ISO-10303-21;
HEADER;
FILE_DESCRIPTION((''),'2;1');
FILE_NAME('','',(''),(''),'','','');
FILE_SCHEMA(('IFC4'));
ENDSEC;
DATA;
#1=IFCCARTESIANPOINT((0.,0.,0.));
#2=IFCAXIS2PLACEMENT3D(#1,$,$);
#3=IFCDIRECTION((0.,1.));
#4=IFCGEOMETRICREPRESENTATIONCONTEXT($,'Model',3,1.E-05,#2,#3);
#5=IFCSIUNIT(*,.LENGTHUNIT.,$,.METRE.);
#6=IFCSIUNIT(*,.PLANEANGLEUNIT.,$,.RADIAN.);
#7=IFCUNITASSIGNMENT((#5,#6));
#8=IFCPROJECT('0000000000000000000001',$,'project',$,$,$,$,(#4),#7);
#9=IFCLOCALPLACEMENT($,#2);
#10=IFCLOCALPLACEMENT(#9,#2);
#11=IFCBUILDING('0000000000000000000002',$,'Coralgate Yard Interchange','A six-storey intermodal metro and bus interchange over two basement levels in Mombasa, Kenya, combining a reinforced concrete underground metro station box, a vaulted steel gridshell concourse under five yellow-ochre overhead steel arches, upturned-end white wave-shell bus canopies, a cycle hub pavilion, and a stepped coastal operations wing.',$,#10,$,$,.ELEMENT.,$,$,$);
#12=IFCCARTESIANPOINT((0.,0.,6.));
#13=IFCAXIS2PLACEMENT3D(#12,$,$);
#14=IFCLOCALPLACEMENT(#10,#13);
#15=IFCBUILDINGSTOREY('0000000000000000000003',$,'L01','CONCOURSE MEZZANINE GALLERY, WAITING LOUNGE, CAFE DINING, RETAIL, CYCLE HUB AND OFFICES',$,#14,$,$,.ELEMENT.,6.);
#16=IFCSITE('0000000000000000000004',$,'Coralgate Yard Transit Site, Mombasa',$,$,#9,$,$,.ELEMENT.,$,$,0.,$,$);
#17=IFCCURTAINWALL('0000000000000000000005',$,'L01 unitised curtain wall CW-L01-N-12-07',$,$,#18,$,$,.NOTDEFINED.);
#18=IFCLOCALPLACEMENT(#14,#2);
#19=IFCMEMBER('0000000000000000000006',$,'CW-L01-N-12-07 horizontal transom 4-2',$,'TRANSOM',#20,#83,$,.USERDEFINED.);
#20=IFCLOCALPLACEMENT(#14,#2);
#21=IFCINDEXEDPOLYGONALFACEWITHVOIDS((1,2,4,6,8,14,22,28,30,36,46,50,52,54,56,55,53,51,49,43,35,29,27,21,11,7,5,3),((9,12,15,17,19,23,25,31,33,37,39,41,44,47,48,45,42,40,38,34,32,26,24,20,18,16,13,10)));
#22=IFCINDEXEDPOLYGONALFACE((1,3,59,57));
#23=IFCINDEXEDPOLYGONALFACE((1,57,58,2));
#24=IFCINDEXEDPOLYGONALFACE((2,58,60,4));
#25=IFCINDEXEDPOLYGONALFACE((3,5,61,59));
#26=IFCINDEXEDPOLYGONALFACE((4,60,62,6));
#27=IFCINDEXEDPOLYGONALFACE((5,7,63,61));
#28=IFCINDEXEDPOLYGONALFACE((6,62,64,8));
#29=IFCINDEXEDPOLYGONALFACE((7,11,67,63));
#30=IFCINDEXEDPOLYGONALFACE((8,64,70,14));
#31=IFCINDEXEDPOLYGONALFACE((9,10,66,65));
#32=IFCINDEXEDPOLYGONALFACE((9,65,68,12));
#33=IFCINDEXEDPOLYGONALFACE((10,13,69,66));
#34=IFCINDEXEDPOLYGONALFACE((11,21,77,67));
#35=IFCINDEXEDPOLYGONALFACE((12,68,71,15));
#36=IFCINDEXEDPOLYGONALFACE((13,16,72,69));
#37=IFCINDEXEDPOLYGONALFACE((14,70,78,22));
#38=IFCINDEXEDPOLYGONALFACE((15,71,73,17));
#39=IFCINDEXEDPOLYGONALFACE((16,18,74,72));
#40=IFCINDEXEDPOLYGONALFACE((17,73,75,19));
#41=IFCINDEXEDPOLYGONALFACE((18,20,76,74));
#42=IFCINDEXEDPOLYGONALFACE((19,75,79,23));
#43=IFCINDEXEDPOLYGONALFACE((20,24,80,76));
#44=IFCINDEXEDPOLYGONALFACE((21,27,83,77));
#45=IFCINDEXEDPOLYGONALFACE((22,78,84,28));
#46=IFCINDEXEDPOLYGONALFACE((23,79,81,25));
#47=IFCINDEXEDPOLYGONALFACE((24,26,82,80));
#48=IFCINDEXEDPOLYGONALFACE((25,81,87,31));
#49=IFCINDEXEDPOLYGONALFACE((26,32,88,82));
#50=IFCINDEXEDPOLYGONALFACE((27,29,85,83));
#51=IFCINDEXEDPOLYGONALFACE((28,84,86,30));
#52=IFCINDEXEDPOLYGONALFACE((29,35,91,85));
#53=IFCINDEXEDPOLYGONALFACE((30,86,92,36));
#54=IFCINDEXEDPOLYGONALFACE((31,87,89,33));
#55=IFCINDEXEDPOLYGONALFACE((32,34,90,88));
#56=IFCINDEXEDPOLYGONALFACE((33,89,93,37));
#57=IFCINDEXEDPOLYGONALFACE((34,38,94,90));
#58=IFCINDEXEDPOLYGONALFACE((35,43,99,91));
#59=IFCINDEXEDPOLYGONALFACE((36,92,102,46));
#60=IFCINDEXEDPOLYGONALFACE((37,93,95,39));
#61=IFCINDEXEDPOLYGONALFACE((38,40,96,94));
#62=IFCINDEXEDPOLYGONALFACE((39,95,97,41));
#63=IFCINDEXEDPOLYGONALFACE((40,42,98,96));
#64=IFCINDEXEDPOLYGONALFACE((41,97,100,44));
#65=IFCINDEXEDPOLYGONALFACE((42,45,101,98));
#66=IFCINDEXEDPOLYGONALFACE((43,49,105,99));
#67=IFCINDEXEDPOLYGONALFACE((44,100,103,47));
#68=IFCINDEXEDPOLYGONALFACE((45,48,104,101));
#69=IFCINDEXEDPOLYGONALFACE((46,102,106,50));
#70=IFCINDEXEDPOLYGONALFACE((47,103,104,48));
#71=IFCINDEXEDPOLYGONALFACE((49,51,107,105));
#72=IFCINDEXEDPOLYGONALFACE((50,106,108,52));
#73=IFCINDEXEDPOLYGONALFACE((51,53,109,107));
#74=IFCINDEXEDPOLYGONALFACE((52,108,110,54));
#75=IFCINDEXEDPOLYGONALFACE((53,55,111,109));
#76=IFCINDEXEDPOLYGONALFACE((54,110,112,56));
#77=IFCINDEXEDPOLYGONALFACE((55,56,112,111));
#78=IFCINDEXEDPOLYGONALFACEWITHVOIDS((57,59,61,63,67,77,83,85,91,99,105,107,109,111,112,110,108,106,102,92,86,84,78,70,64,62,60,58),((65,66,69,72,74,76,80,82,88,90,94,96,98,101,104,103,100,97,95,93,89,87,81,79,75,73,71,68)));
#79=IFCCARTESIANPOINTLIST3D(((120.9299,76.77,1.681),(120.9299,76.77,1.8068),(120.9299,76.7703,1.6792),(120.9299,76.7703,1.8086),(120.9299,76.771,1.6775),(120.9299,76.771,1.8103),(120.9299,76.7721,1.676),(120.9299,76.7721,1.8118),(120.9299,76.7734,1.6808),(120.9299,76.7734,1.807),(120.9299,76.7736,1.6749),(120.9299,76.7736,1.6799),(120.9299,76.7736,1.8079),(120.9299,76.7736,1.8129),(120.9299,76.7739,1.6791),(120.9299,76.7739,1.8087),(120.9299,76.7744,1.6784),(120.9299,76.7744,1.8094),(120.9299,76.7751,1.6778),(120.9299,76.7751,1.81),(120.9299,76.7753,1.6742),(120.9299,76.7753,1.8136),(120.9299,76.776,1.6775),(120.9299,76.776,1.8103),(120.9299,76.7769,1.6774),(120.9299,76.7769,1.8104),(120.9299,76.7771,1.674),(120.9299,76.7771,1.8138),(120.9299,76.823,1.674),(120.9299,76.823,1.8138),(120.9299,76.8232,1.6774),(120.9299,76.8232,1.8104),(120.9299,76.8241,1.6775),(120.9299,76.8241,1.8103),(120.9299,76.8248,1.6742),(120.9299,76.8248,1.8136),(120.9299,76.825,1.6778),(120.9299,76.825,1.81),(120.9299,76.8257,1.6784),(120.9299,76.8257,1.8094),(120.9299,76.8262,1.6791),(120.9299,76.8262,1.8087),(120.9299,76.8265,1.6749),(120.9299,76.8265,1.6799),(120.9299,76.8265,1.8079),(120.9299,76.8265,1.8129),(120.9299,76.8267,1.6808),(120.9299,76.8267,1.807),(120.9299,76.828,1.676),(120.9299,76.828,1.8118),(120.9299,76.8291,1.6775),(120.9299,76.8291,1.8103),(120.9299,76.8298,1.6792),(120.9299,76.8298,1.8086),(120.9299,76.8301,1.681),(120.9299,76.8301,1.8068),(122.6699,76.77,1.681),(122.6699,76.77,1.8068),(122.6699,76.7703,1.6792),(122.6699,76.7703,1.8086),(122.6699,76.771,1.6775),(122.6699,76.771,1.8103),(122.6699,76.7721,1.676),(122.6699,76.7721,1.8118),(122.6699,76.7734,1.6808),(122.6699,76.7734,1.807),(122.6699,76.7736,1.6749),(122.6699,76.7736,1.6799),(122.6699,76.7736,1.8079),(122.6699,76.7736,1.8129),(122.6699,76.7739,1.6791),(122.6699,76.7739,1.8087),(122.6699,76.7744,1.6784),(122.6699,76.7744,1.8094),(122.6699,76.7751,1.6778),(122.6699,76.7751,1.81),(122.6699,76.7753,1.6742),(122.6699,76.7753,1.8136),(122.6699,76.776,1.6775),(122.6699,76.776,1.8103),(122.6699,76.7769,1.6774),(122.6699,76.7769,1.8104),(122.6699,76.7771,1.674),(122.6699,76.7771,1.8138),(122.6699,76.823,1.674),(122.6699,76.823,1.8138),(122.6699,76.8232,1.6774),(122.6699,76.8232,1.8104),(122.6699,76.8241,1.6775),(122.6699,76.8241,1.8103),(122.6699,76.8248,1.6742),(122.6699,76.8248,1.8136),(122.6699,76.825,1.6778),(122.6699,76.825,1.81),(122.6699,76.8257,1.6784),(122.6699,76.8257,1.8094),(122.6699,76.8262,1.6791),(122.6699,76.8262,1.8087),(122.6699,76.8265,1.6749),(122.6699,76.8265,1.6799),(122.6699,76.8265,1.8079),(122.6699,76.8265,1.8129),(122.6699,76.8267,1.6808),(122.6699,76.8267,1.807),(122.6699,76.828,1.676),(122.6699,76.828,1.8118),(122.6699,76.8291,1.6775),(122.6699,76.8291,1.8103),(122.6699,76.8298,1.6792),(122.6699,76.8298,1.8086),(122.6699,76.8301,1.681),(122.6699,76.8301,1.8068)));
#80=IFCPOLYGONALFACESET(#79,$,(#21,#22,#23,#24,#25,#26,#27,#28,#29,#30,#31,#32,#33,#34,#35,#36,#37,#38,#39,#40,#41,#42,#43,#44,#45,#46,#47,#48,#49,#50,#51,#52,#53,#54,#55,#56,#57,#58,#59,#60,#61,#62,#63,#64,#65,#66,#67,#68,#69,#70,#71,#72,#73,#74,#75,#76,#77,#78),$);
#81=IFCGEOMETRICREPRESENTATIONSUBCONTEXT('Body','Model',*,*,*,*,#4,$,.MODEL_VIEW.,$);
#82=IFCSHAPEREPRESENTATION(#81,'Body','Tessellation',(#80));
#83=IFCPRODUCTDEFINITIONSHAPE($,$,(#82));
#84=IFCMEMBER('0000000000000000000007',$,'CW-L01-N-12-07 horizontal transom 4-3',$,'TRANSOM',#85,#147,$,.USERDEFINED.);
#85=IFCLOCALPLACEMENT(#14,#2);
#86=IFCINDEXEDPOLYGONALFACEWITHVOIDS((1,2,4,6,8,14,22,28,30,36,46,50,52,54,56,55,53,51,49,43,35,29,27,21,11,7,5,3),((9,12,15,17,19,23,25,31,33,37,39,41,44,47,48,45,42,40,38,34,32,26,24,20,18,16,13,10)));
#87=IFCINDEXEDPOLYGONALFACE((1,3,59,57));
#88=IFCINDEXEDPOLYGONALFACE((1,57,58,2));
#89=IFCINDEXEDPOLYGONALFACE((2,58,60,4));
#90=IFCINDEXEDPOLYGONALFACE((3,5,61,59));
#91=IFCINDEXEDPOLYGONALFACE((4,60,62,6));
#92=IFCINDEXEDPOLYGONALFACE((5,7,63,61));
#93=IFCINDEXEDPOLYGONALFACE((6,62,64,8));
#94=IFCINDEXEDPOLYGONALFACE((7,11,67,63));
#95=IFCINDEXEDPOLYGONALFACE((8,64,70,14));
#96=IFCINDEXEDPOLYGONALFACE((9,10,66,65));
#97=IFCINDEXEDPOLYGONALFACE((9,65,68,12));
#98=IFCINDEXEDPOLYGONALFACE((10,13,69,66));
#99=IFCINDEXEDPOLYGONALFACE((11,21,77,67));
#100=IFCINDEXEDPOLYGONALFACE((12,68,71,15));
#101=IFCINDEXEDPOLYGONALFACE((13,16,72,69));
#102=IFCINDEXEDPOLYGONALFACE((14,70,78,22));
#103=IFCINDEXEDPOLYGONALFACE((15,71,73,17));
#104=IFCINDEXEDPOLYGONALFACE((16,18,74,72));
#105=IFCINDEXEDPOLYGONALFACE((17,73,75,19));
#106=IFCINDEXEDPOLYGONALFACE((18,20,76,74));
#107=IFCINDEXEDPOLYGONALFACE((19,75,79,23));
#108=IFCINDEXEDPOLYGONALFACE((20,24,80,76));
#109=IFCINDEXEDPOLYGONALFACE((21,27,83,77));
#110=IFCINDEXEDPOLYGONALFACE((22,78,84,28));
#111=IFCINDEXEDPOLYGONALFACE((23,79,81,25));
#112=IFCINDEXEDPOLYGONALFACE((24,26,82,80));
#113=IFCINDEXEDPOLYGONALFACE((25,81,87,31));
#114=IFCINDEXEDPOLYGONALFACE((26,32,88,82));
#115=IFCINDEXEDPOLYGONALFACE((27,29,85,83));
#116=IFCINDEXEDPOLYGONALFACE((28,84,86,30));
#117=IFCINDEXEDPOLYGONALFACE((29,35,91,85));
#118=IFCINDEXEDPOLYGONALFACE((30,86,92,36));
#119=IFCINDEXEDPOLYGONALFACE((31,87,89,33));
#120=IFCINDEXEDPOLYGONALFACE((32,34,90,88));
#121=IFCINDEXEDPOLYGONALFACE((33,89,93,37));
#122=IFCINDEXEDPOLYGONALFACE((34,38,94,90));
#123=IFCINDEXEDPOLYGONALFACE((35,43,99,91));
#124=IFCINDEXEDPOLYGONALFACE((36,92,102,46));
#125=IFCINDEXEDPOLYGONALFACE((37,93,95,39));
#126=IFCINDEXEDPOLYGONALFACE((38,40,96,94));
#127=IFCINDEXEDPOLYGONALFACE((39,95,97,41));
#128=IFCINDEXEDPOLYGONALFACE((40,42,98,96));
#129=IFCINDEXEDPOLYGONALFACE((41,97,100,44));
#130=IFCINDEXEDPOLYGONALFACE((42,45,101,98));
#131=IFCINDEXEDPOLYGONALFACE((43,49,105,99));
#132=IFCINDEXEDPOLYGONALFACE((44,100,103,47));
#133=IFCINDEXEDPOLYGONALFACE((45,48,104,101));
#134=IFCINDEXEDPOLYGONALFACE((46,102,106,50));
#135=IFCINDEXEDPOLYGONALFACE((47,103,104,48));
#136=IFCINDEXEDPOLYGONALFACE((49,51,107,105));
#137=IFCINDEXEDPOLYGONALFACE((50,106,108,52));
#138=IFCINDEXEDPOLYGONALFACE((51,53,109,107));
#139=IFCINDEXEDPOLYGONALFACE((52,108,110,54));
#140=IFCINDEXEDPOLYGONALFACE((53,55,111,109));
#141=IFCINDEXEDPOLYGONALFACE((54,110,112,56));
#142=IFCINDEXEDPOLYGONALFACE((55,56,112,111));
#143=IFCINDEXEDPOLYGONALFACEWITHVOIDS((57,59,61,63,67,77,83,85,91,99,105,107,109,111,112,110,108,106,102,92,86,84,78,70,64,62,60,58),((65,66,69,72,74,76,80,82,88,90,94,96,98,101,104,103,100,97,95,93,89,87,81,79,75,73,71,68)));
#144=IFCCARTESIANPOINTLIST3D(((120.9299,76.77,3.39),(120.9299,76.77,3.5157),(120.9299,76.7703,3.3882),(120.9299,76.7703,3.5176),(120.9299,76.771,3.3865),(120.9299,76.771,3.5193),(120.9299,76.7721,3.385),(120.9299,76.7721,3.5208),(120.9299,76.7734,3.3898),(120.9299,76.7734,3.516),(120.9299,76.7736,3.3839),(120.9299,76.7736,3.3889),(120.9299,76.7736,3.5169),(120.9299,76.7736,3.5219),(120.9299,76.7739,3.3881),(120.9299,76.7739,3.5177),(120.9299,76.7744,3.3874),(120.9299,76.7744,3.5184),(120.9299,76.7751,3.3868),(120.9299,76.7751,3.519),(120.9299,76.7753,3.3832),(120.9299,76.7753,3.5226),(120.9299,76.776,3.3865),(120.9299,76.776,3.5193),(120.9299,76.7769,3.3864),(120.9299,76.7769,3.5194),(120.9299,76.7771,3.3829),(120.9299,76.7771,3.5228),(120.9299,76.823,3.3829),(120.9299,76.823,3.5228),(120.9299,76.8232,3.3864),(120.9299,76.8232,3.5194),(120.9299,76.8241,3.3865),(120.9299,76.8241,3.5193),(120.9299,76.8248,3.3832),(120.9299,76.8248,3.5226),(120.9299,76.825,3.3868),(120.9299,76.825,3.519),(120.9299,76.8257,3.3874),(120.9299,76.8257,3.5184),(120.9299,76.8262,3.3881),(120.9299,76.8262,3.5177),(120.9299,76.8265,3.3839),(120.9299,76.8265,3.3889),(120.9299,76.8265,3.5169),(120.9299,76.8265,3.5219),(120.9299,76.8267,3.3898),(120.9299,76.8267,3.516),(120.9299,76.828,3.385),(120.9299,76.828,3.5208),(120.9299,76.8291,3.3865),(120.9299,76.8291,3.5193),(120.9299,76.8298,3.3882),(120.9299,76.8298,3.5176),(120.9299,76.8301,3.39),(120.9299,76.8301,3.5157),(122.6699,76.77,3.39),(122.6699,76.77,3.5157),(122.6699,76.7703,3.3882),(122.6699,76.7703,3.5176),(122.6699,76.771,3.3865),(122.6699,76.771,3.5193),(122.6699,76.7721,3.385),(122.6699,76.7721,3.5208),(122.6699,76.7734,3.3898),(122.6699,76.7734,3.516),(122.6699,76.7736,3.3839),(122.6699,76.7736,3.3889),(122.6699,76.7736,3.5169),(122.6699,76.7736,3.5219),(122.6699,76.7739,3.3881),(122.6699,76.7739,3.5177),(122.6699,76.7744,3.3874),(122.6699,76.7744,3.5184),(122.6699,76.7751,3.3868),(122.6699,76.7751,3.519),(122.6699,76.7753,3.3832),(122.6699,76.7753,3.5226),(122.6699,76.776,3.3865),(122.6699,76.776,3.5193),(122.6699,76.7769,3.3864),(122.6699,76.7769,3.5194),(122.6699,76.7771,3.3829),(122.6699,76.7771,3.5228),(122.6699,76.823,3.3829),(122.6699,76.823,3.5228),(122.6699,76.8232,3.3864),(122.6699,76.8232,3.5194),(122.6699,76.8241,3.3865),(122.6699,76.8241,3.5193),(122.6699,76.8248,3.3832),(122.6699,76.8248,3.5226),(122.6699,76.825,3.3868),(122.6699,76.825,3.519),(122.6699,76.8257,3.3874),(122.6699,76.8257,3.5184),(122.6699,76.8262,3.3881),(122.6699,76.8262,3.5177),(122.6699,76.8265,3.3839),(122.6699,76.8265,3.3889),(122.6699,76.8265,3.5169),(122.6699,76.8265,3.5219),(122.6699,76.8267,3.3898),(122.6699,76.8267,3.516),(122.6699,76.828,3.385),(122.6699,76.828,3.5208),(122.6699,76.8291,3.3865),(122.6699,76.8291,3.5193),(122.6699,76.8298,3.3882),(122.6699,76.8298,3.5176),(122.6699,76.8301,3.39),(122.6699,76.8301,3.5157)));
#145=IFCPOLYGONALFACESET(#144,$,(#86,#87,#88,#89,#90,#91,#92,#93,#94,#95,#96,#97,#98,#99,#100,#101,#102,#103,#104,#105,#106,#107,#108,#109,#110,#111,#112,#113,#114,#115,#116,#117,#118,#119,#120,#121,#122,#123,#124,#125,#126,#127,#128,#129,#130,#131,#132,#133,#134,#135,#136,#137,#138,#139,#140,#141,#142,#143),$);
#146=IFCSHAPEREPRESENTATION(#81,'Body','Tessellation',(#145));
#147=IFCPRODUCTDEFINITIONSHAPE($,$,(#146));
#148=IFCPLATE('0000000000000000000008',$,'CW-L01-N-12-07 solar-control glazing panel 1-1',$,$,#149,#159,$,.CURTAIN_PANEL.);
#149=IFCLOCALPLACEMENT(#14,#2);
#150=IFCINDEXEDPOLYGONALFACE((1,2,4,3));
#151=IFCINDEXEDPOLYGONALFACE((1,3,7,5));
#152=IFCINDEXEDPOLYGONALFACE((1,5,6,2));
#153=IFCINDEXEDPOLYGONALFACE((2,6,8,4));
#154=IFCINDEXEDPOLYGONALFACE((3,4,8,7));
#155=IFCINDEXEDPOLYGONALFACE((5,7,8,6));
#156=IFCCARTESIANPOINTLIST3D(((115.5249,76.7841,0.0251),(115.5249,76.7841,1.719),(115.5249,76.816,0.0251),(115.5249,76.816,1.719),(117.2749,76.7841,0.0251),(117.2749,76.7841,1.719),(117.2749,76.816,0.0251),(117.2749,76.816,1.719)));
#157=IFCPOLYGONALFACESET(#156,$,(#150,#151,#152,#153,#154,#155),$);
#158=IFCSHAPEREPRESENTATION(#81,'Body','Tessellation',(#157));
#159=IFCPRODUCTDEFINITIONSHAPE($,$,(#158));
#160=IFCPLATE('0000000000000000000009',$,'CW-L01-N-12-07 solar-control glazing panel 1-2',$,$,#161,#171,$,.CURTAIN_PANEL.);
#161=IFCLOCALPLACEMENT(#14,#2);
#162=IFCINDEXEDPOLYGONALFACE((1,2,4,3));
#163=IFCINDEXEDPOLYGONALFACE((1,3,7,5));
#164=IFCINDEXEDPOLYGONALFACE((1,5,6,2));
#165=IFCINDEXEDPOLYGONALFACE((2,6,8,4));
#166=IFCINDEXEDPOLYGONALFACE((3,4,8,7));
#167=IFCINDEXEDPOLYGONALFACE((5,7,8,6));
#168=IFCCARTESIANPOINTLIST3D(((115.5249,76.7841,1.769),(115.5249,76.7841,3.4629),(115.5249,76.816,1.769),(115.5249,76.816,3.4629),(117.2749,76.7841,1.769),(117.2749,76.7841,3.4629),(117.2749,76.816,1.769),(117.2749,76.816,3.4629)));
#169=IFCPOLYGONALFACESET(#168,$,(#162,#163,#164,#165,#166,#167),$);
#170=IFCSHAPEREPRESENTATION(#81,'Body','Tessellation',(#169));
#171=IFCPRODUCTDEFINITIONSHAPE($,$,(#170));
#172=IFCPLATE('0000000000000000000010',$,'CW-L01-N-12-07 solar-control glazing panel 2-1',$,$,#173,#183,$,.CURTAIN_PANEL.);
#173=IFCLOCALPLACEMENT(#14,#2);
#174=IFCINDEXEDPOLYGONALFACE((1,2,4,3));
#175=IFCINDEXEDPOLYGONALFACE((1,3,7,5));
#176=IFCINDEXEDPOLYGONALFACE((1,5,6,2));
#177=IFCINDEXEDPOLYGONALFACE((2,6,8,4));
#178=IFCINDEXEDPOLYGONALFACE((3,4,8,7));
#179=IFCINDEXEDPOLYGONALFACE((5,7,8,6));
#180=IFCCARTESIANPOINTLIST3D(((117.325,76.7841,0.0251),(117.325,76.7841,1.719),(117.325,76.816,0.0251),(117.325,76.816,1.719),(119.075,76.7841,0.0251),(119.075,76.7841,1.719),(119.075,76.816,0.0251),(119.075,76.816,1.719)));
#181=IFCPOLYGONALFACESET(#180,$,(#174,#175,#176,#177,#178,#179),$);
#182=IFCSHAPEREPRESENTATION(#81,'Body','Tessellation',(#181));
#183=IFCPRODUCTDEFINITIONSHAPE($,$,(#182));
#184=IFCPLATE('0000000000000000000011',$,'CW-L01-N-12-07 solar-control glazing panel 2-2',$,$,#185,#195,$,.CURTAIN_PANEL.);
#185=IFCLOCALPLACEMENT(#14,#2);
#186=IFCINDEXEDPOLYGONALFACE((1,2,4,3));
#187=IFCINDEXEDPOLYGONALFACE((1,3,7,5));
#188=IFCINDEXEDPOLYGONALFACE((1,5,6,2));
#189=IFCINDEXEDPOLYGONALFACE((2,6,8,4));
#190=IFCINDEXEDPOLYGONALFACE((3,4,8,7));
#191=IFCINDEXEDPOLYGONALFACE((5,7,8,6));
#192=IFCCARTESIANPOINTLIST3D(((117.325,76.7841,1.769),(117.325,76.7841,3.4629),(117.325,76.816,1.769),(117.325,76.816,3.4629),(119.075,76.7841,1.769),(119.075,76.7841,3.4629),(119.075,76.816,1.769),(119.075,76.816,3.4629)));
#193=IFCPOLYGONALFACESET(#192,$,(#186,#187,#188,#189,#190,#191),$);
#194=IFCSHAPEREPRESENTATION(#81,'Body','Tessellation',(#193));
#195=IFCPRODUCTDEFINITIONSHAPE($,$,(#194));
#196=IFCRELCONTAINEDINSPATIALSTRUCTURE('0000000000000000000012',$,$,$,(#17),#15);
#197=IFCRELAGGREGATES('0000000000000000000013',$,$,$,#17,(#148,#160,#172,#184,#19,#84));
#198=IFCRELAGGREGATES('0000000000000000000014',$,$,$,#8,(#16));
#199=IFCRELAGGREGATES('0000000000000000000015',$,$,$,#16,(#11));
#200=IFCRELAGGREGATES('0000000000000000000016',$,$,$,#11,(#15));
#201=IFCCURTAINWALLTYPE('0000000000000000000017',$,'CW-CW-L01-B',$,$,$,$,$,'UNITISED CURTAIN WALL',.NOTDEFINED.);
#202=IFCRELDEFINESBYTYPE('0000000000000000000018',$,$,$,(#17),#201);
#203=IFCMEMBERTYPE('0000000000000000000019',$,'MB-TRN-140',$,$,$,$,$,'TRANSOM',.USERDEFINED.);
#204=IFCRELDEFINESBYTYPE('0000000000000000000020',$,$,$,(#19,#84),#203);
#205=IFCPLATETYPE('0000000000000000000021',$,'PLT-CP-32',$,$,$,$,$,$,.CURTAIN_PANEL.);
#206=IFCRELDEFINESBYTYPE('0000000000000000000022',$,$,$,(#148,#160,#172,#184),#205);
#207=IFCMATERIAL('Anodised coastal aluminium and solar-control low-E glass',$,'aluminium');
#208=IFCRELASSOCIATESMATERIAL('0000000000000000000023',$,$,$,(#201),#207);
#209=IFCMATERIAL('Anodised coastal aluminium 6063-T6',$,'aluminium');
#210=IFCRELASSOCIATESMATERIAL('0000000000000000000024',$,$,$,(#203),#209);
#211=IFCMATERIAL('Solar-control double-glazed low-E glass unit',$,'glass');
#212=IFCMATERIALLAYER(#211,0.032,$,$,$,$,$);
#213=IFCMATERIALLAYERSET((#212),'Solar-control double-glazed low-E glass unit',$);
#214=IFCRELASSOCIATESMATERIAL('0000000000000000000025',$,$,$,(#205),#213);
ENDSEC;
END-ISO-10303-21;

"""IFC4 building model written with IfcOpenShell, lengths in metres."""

from ifc_helpers import new_model, si_unit, direction, frame, origin, origin_2d, place, context, subcontext, project, spatial, rectangle, hollow_rectangle, extrude, material, layer, layer_set, material_profile, profile_set, type_object, element, aggregate, save


model = new_model("IFC4")

# Units and contexts
model_context = context("Model", 3, precision=1e-05, world=origin(), true_north=direction((0.0, 1.0)))
body_context = subcontext(model_context, "Body", "Model", "MODEL_VIEW")
ifc_project = project(units=[si_unit("LENGTHUNIT", "METRE"), si_unit("PLANEANGLEUNIT", "RADIAN")], contexts=[model_context])

# Site, building, storey
site_placement = place(None, origin())
site = spatial("IfcSite", under=ifc_project, at=site_placement, Name="Coralgate Yard Transit Site, Mombasa", CompositionType="ELEMENT", RefElevation=0.0)
building_placement = place(site_placement, origin())
building = spatial("IfcBuilding", under=site, at=building_placement, Name="Coralgate Yard Interchange", Description="A six-storey intermodal metro and bus interchange over two basement levels in Mombasa, Kenya, combining a reinforced concrete underground metro station box, a vaulted steel gridshell concourse under five yellow-ochre overhead steel arches, upturned-end white wave-shell bus canopies, a cycle hub pavilion, and a stepped coastal operations wing.", CompositionType="ELEMENT")
storey_placement = place(building_placement, frame((0.0, 0.0, 6.0)))
storey = spatial("IfcBuildingStorey", under=building, at=storey_placement, Name="L01", Description="CONCOURSE MEZZANINE GALLERY, WAITING LOUNGE, CAFE DINING, RETAIL, CYCLE HUB AND OFFICES", CompositionType="ELEMENT", Elevation=6.0)

# Shared definitions
ifc_material_1 = material(Name="Anodised coastal aluminium and solar-control low-E glass", Category="aluminium")
curtain_wall_type = type_object("IfcCurtainWallType", Name="CW-CW-L01-B", ElementType="UNITISED CURTAIN WALL", PredefinedType="NOTDEFINED", material=ifc_material_1)
ifc_material_2 = material(Name="Anodised coastal aluminium 6063-T6", Category="aluminium")

# Curtain wall, members, plates
curtain_wall_1_placement = place(storey_placement, origin())
curtain_wall_1 = element("IfcCurtainWall", 1, at=curtain_wall_1_placement, inside=storey, type_object=curtain_wall_type, Name="L01 unitised curtain wall CW-L01-N-12-07", PredefinedType="NOTDEFINED")
ifc_material_profile_1 = material_profile(ifc_material_2, hollow_rectangle(XDim=0.0601, YDim=0.1399, WallThickness=0.0034, InnerFilletRadius=0.0034, OuterFilletRadius=0.0071, at=origin_2d()), Name="ALU 60x140x3.5")
ifc_profile_set_1 = profile_set([ifc_material_profile_1], Name="Anodised coastal aluminium 6063-T6")
member_type_1 = type_object("IfcMemberType", Name="MB-TRN-140", ElementType="TRANSOM", PredefinedType="USERDEFINED", material=ifc_profile_set_1)
member_1_placement = place(storey_placement, frame((120.9299, 76.8, 1.7439), z_axis=(1.0, 0.0, 0.0), x_axis=(0.0, 1.0, 0.0)))
member_1 = element("IfcMember", 2, at=member_1_placement, type_object=member_type_1, Name="CW-L01-N-12-07 horizontal transom 4-2", ObjectType="TRANSOM", PredefinedType="USERDEFINED", context=body_context, shape_type="SweptSolid", body=[
    extrude(hollow_rectangle(XDim=0.0601, YDim=0.1399, WallThickness=0.0034, InnerFilletRadius=0.0034, OuterFilletRadius=0.0071, at=origin_2d()), origin(), (0.0, 0.0, 1.0), 1.74),
])
member_2_placement = place(storey_placement, frame((120.9299, 76.8, 3.4529), z_axis=(1.0, 0.0, 0.0), x_axis=(0.0, 1.0, 0.0)))
member_2 = element("IfcMember", 3, at=member_2_placement, type_object=member_type_1, Name="CW-L01-N-12-07 horizontal transom 4-3", ObjectType="TRANSOM", PredefinedType="USERDEFINED", context=body_context, shape_type="SweptSolid", body=[
    extrude(hollow_rectangle(XDim=0.0601, YDim=0.1399, WallThickness=0.0034, InnerFilletRadius=0.0034, OuterFilletRadius=0.0071, at=origin_2d()), origin(), (0.0, 0.0, 1.0), 1.74),
])
ifc_material_3 = material(Name="Solar-control double-glazed low-E glass unit", Category="glass")
ifc_layer = layer(ifc_material_3, 0.032)
ifc_layer_set = layer_set([ifc_layer], Name="Solar-control double-glazed low-E glass unit")
plate_type = type_object("IfcPlateType", Name="PLT-CP-32", PredefinedType="CURTAIN_PANEL", material=ifc_layer_set)
plate_1_placement = place(storey_placement, frame((116.3999, 76.8, 0.0251), z_axis=(0.0, 0.0, 1.0), x_axis=(1.0, 0.0, 0.0)))
plate_1 = element("IfcPlate", 4, at=plate_1_placement, type_object=plate_type, Name="CW-L01-N-12-07 solar-control glazing panel 1-1", PredefinedType="CURTAIN_PANEL", context=body_context, shape_type="SweptSolid", body=[
    extrude(rectangle(XDim=1.75, YDim=0.032, at=origin_2d()), origin(), (0.0, 0.0, 1.0), 1.6938),
])
plate_2_placement = place(storey_placement, frame((116.3999, 76.8, 1.769), z_axis=(0.0, 0.0, 1.0), x_axis=(1.0, 0.0, 0.0)))
plate_2 = element("IfcPlate", 5, at=plate_2_placement, type_object=plate_type, Name="CW-L01-N-12-07 solar-control glazing panel 1-2", PredefinedType="CURTAIN_PANEL", context=body_context, shape_type="SweptSolid", body=[
    extrude(rectangle(XDim=1.75, YDim=0.032, at=origin_2d()), origin(), (0.0, 0.0, 1.0), 1.6938),
])
plate_3_placement = place(storey_placement, frame((118.2, 76.8, 0.0251), z_axis=(0.0, 0.0, 1.0), x_axis=(1.0, 0.0, 0.0)))
plate_3 = element("IfcPlate", 6, at=plate_3_placement, type_object=plate_type, Name="CW-L01-N-12-07 solar-control glazing panel 2-1", PredefinedType="CURTAIN_PANEL", context=body_context, shape_type="SweptSolid", body=[
    extrude(rectangle(XDim=1.75, YDim=0.032, at=origin_2d()), origin(), (0.0, 0.0, 1.0), 1.6938),
])
plate_4_placement = place(storey_placement, frame((118.2, 76.8, 1.769), z_axis=(0.0, 0.0, 1.0), x_axis=(1.0, 0.0, 0.0)))
plate_4 = element("IfcPlate", 7, at=plate_4_placement, type_object=plate_type, Name="CW-L01-N-12-07 solar-control glazing panel 2-2", PredefinedType="CURTAIN_PANEL", context=body_context, shape_type="SweptSolid", body=[
    extrude(rectangle(XDim=1.75, YDim=0.032, at=origin_2d()), origin(), (0.0, 0.0, 1.0), 1.6938),
])
aggregate(curtain_wall_1, [plate_1, plate_2, plate_3, plate_4, member_1, member_2])

save(model, "model.ifc")
